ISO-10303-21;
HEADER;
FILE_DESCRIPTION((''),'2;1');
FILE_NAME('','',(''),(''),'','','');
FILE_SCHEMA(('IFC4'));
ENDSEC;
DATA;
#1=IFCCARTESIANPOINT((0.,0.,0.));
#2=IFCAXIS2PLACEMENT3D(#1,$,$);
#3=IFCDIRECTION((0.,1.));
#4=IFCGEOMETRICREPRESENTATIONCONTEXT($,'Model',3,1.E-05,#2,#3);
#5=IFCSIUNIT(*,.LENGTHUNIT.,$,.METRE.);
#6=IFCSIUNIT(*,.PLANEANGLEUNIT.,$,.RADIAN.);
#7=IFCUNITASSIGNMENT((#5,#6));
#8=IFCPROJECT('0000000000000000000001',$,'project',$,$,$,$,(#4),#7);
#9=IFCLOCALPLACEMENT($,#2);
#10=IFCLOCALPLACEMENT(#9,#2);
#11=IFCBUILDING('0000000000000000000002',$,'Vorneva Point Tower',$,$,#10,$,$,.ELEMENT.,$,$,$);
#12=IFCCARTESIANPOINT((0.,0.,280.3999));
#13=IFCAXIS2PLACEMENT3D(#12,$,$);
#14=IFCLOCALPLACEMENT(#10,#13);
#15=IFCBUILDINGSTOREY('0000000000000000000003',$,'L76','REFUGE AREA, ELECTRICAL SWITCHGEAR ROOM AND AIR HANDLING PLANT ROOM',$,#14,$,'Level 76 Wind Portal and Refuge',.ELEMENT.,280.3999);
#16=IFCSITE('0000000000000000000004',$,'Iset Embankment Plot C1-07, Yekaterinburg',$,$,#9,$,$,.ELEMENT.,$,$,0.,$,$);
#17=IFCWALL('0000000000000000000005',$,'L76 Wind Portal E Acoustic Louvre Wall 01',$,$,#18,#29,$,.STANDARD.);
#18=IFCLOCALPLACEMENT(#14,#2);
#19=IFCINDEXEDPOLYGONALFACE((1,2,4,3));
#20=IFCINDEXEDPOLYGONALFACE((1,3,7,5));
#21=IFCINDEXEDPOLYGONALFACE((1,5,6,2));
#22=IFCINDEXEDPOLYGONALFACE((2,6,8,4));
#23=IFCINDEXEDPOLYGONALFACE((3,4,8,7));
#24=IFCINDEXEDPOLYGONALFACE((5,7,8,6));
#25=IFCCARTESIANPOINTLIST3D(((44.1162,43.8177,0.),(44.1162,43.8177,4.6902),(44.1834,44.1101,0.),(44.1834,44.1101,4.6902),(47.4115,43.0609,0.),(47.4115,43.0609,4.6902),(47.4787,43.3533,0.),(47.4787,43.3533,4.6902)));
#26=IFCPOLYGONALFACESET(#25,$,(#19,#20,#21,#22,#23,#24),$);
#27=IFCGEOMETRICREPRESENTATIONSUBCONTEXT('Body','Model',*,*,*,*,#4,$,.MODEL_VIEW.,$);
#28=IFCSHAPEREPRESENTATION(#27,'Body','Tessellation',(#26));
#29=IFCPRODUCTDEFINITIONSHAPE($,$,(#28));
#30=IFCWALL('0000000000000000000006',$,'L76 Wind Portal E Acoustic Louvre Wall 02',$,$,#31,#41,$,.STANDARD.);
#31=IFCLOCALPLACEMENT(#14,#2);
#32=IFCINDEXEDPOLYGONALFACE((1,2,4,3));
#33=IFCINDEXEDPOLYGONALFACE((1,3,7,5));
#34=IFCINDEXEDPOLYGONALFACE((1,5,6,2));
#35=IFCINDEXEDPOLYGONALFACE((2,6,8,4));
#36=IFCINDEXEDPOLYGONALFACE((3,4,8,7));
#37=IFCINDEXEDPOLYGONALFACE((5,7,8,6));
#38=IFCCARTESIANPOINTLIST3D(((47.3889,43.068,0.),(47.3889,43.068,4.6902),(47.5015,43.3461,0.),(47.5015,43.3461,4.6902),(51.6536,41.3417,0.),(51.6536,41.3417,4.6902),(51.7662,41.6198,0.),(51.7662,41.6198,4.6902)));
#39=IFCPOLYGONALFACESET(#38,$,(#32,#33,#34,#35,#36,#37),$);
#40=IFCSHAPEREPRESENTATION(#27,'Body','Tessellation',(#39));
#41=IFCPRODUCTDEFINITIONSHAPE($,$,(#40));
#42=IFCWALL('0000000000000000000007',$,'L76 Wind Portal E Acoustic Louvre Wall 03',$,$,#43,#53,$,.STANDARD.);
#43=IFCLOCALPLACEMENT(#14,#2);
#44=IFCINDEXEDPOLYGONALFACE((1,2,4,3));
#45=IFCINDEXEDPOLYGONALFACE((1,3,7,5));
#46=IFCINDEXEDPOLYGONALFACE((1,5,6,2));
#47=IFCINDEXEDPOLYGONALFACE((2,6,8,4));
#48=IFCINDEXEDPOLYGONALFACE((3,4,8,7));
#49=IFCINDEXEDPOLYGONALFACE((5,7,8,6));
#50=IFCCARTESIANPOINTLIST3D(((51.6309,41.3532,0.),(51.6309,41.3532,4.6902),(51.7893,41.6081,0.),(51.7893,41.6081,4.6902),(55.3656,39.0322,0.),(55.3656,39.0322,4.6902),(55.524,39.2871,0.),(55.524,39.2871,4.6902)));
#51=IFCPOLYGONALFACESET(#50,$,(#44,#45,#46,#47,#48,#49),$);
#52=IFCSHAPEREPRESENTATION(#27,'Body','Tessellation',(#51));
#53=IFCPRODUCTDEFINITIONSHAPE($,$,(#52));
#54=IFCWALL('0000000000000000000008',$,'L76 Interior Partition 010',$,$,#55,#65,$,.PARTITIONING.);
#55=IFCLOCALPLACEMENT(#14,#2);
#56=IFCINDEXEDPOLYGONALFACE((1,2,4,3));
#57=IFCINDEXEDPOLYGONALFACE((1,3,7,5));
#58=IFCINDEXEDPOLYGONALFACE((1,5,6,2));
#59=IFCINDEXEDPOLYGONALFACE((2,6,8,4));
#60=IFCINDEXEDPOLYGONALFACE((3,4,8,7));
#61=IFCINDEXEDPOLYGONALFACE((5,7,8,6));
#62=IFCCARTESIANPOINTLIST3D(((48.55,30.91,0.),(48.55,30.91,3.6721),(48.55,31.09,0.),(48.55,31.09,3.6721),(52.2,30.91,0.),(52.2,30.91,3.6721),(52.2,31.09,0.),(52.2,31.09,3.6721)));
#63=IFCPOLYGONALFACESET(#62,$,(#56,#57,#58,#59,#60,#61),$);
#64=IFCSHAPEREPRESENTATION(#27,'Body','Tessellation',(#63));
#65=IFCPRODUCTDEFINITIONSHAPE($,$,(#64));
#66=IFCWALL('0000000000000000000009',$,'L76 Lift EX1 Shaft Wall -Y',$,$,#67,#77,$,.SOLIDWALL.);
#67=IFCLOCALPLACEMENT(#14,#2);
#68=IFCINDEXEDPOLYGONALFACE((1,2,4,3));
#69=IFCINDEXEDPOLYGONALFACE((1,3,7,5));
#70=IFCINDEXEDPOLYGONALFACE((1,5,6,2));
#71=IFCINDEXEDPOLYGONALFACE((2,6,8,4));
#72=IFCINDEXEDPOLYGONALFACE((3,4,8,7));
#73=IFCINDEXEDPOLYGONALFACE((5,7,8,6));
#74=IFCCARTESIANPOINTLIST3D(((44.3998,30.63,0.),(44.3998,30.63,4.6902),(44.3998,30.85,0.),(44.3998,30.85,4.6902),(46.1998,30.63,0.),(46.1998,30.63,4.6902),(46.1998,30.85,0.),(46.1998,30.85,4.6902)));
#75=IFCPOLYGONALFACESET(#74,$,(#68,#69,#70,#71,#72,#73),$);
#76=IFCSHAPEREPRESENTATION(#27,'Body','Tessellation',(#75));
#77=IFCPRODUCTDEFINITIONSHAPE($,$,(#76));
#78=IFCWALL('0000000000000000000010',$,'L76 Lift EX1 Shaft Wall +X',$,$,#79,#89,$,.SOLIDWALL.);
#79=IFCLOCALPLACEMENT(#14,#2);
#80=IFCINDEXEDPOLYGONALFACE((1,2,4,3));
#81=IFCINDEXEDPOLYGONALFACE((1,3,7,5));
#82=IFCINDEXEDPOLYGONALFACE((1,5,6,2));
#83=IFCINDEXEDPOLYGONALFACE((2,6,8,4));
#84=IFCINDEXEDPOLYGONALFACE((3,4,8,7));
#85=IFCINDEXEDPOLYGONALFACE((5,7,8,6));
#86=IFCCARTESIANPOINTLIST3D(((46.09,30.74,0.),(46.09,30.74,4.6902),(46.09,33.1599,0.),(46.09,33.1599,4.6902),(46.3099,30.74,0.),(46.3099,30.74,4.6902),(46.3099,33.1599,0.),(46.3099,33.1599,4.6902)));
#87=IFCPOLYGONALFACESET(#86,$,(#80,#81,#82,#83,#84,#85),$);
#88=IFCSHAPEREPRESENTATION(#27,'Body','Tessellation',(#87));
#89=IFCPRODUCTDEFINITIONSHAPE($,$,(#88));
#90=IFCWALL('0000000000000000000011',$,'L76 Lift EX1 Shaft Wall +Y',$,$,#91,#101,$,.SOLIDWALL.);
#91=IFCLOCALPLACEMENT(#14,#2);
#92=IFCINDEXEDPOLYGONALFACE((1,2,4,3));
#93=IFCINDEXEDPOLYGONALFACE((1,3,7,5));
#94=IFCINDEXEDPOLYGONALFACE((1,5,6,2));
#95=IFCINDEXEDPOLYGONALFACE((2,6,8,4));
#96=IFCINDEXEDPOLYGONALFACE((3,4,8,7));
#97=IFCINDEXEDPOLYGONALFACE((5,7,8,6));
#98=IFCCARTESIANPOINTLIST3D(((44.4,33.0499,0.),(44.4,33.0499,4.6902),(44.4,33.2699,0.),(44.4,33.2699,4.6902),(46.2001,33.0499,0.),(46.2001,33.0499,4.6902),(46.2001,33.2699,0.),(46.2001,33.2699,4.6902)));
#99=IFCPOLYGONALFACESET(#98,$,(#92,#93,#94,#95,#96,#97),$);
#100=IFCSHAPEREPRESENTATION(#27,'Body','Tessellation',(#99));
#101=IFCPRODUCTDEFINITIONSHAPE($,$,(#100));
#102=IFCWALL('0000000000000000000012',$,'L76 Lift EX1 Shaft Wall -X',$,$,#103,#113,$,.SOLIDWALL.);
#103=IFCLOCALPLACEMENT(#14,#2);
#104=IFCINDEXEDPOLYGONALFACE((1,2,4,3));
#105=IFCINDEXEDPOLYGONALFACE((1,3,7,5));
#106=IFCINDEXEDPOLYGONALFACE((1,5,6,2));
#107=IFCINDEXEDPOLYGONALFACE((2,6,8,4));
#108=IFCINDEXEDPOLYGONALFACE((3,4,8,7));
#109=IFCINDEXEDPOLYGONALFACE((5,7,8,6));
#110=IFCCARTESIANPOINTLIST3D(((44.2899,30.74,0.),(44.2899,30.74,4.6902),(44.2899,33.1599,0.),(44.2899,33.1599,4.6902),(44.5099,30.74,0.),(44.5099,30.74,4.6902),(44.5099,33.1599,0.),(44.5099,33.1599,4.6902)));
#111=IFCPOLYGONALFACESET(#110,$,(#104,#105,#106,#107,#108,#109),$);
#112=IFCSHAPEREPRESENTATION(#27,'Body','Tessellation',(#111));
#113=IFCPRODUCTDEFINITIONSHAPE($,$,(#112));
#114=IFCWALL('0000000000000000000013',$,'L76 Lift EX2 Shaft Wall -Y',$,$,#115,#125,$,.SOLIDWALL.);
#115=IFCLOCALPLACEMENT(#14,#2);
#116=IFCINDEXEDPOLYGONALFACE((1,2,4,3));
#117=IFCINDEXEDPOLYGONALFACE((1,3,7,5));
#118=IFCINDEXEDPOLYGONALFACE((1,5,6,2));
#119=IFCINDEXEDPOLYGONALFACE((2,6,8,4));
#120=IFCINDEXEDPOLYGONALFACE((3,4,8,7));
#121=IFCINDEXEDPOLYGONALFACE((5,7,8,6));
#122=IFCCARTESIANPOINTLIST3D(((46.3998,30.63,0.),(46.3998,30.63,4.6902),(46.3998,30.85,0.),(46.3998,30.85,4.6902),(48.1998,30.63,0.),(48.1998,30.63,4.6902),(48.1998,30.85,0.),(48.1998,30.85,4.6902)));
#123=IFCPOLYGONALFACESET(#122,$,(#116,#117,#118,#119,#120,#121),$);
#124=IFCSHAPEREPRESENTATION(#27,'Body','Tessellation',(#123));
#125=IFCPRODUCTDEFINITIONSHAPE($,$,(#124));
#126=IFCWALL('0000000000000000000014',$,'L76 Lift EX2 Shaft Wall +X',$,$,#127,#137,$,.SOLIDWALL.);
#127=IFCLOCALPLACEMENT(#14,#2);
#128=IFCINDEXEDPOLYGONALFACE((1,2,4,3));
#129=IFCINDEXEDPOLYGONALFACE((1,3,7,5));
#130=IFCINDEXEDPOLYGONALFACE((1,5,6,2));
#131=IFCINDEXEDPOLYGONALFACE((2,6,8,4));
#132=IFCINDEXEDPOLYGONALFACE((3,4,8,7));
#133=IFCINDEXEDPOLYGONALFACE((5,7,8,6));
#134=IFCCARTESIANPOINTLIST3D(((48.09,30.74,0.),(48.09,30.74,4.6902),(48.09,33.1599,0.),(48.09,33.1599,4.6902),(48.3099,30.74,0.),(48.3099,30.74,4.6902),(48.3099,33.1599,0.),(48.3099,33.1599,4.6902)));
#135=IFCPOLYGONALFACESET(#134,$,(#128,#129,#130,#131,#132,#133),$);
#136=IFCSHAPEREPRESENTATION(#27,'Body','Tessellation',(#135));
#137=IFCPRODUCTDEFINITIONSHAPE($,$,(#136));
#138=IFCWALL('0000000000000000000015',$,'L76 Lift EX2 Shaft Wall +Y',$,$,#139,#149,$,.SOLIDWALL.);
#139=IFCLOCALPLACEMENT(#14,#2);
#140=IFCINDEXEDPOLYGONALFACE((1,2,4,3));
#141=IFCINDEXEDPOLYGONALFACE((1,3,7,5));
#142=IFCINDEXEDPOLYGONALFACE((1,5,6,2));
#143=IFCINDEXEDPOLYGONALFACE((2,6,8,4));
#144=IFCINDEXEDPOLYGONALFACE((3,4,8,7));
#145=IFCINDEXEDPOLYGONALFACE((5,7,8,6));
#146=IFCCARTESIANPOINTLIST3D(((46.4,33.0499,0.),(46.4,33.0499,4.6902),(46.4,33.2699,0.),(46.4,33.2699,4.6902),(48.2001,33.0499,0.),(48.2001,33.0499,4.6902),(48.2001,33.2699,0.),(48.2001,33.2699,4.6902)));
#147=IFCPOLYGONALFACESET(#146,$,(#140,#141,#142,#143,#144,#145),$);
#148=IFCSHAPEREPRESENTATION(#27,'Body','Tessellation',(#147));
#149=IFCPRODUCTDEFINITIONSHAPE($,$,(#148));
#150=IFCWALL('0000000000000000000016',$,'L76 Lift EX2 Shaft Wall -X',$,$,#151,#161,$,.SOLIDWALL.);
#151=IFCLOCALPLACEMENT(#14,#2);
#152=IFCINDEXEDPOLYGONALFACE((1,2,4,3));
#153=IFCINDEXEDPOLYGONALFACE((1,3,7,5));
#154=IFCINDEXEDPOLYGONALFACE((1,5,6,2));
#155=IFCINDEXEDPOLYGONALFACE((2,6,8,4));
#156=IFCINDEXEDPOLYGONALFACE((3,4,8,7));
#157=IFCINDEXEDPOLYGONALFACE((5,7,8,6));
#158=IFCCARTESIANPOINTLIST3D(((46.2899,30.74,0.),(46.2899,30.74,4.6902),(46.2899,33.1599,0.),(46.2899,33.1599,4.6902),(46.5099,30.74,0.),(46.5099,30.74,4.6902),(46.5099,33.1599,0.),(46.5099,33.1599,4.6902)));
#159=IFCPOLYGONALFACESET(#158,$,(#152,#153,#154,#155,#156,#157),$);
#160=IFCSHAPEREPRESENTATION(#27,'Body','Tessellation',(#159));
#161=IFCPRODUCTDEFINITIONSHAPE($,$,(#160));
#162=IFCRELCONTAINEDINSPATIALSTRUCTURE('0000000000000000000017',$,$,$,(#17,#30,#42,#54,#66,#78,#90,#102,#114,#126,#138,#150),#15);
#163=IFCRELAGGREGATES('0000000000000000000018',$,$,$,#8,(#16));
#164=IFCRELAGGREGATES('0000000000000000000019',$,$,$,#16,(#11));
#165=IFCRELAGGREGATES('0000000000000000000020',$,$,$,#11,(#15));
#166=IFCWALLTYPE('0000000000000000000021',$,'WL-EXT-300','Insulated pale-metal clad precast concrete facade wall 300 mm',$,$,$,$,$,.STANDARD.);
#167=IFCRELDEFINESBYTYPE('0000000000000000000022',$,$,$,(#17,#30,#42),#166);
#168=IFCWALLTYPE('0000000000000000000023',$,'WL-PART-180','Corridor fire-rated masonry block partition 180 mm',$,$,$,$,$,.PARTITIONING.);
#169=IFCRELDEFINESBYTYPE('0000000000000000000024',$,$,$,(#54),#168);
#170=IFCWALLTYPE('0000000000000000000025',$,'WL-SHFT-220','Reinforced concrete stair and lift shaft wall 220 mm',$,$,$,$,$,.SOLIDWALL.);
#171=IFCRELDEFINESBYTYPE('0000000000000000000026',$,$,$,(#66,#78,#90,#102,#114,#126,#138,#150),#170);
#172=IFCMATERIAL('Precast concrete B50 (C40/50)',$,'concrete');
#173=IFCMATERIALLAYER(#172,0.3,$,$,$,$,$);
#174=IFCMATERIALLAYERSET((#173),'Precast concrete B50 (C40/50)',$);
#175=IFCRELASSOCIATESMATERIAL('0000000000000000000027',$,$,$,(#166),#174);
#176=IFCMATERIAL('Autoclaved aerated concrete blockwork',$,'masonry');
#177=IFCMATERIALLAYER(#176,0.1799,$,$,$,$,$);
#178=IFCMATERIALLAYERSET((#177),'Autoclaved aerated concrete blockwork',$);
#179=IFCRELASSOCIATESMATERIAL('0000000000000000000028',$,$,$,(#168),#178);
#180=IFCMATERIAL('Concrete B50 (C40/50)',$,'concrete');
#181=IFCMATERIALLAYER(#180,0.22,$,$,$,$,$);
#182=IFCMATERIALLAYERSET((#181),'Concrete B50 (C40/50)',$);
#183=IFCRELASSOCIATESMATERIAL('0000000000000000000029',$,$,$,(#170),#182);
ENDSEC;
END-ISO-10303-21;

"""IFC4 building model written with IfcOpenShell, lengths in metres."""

from ifc_helpers import new_model, si_unit, direction, frame, frame_2d, origin, place, context, subcontext, project, spatial, rectangle, extrude, material, layer, layer_set, type_object, element, save


model = new_model("IFC4")

# Units and contexts
model_context = context("Model", 3, precision=1e-05, world=origin(), true_north=direction((0.0, 1.0)))
body_context = subcontext(model_context, "Body", "Model", "MODEL_VIEW")
ifc_project = project(units=[si_unit("LENGTHUNIT", "METRE"), si_unit("PLANEANGLEUNIT", "RADIAN")], contexts=[model_context])

# Site, building, storey
site_placement = place(None, origin())
site = spatial("IfcSite", under=ifc_project, at=site_placement, Name="Iset Embankment Plot C1-07, Yekaterinburg", CompositionType="ELEMENT", RefElevation=0.0)
building_placement = place(site_placement, origin())
building = spatial("IfcBuilding", under=site, at=building_placement, Name="Vorneva Point Tower", CompositionType="ELEMENT")
storey_placement = place(building_placement, frame((0.0, 0.0, 280.3999)))
storey = spatial("IfcBuildingStorey", under=building, at=storey_placement, Name="L76", Description="REFUGE AREA, ELECTRICAL SWITCHGEAR ROOM AND AIR HANDLING PLANT ROOM", LongName="Level 76 Wind Portal and Refuge", CompositionType="ELEMENT", Elevation=280.3999)

# Shared definitions
ifc_material_1 = material(Name="Concrete B50 (C40/50)", Category="concrete")

# Walls
ifc_material_2 = material(Name="Precast concrete B50 (C40/50)", Category="concrete")
ifc_layer_1 = layer(ifc_material_2, 0.3)
ifc_layer_set_1 = layer_set([ifc_layer_1], Name="Precast concrete B50 (C40/50)")
wall_type_1 = type_object("IfcWallType", Name="WL-EXT-300", Description="Insulated pale-metal clad precast concrete facade wall 300 mm", PredefinedType="STANDARD", material=ifc_layer_set_1)
wall_1_placement = place(storey_placement, frame((44.1499, 43.9639, 0.0), z_axis=(0.0, 0.0, 1.0), x_axis=(0.974627, -0.223836, 0.0)))
element("IfcWall", 1, at=wall_1_placement, inside=storey, type_object=wall_type_1, Name="L76 Wind Portal E Acoustic Louvre Wall 01", PredefinedType="STANDARD", context=body_context, shape_type="SweptSolid", body=[
    extrude(rectangle(XDim=3.3811, YDim=0.3, at=frame_2d((1.6904, 0.0))), origin(), (0.0, 0.0, 1.0), 4.6902),
])
wall_2_placement = place(storey_placement, frame((47.4453, 43.207, 0.0), z_axis=(0.0, 0.0, 1.0), x_axis=(0.926935, -0.375221, 0.0)))
element("IfcWall", 2, at=wall_2_placement, inside=storey, type_object=wall_type_1, Name="L76 Wind Portal E Acoustic Louvre Wall 02", PredefinedType="STANDARD", context=body_context, shape_type="SweptSolid", body=[
    extrude(rectangle(XDim=4.6008, YDim=0.3, at=frame_2d((2.3003, 0.0))), origin(), (0.0, 0.0, 1.0), 4.6902),
])
wall_3_placement = place(storey_placement, frame((51.71, 41.4807, 0.0), z_axis=(0.0, 0.0, 1.0), x_axis=(0.849349, -0.527831, 0.0)))
element("IfcWall", 3, at=wall_3_placement, inside=storey, type_object=wall_type_1, Name="L76 Wind Portal E Acoustic Louvre Wall 03", PredefinedType="STANDARD", context=body_context, shape_type="SweptSolid", body=[
    extrude(rectangle(XDim=4.3972, YDim=0.3, at=frame_2d((2.1987, 0.0))), origin(), (0.0, 0.0, 1.0), 4.6902),
])
ifc_material_3 = material(Name="Autoclaved aerated concrete blockwork", Category="masonry")
ifc_layer_2 = layer(ifc_material_3, 0.1799)
ifc_layer_set_2 = layer_set([ifc_layer_2], Name="Autoclaved aerated concrete blockwork")
wall_type_2 = type_object("IfcWallType", Name="WL-PART-180", Description="Corridor fire-rated masonry block partition 180 mm", PredefinedType="PARTITIONING", material=ifc_layer_set_2)
wall_4_placement = place(storey_placement, frame((52.2, 31.0, 0.0), z_axis=(0.0, 0.0, 1.0), x_axis=(-1.0, 0.0, 0.0)))
element("IfcWall", 4, at=wall_4_placement, inside=storey, type_object=wall_type_2, Name="L76 Interior Partition 010", PredefinedType="PARTITIONING", context=body_context, shape_type="SweptSolid", body=[
    extrude(rectangle(XDim=3.6499, YDim=0.1799, at=frame_2d((1.825, 0.0))), origin(), (0.0, 0.0, 1.0), 3.6721),
])
ifc_layer_3 = layer(ifc_material_1, 0.22)
ifc_layer_set_3 = layer_set([ifc_layer_3], Name="Concrete B50 (C40/50)")
wall_type_3 = type_object("IfcWallType", Name="WL-SHFT-220", Description="Reinforced concrete stair and lift shaft wall 220 mm", PredefinedType="SOLIDWALL", material=ifc_layer_set_3)
wall_5_placement = place(storey_placement, frame((44.3999, 30.74, 0.0), z_axis=(0.0, 0.0, 1.0), x_axis=(1.0, 0.0, 0.0)))
element("IfcWall", 5, at=wall_5_placement, inside=storey, type_object=wall_type_3, Name="L76 Lift EX1 Shaft Wall -Y", PredefinedType="SOLIDWALL", context=body_context, shape_type="SweptSolid", body=[
    extrude(rectangle(XDim=1.8, YDim=0.22, at=frame_2d((0.8999, 0.0))), origin(), (0.0, 0.0, 1.0), 4.6902),
])
wall_6_placement = place(storey_placement, frame((46.2, 30.74, 0.0), z_axis=(0.0, 0.0, 1.0), x_axis=(0.0, 1.0, 0.0)))
element("IfcWall", 6, at=wall_6_placement, inside=storey, type_object=wall_type_3, Name="L76 Lift EX1 Shaft Wall +X", PredefinedType="SOLIDWALL", context=body_context, shape_type="SweptSolid", body=[
    extrude(rectangle(XDim=2.4199, YDim=0.22, at=frame_2d((1.21, 0.0))), origin(), (0.0, 0.0, 1.0), 4.6902),
])
wall_7_placement = place(storey_placement, frame((46.2, 33.1599, 0.0), z_axis=(0.0, 0.0, 1.0), x_axis=(-1.0, 0.0, 0.0)))
element("IfcWall", 7, at=wall_7_placement, inside=storey, type_object=wall_type_3, Name="L76 Lift EX1 Shaft Wall +Y", PredefinedType="SOLIDWALL", context=body_context, shape_type="SweptSolid", body=[
    extrude(rectangle(XDim=1.8, YDim=0.22, at=frame_2d((0.8999, 0.0))), origin(), (0.0, 0.0, 1.0), 4.6902),
])
wall_8_placement = place(storey_placement, frame((44.3999, 33.1599, 0.0), z_axis=(0.0, 0.0, 1.0), x_axis=(0.0, -1.0, 0.0)))
element("IfcWall", 8, at=wall_8_placement, inside=storey, type_object=wall_type_3, Name="L76 Lift EX1 Shaft Wall -X", PredefinedType="SOLIDWALL", context=body_context, shape_type="SweptSolid", body=[
    extrude(rectangle(XDim=2.4199, YDim=0.22, at=frame_2d((1.21, 0.0))), origin(), (0.0, 0.0, 1.0), 4.6902),
])
wall_9_placement = place(storey_placement, frame((46.3999, 30.74, 0.0), z_axis=(0.0, 0.0, 1.0), x_axis=(1.0, 0.0, 0.0)))
element("IfcWall", 9, at=wall_9_placement, inside=storey, type_object=wall_type_3, Name="L76 Lift EX2 Shaft Wall -Y", PredefinedType="SOLIDWALL", context=body_context, shape_type="SweptSolid", body=[
    extrude(rectangle(XDim=1.8, YDim=0.22, at=frame_2d((0.8999, 0.0))), origin(), (0.0, 0.0, 1.0), 4.6902),
])
wall_10_placement = place(storey_placement, frame((48.2, 30.74, 0.0), z_axis=(0.0, 0.0, 1.0), x_axis=(0.0, 1.0, 0.0)))
element("IfcWall", 10, at=wall_10_placement, inside=storey, type_object=wall_type_3, Name="L76 Lift EX2 Shaft Wall +X", PredefinedType="SOLIDWALL", context=body_context, shape_type="SweptSolid", body=[
    extrude(rectangle(XDim=2.4199, YDim=0.22, at=frame_2d((1.21, 0.0))), origin(), (0.0, 0.0, 1.0), 4.6902),
])
wall_11_placement = place(storey_placement, frame((48.2, 33.1599, 0.0), z_axis=(0.0, 0.0, 1.0), x_axis=(-1.0, 0.0, 0.0)))
element("IfcWall", 11, at=wall_11_placement, inside=storey, type_object=wall_type_3, Name="L76 Lift EX2 Shaft Wall +Y", PredefinedType="SOLIDWALL", context=body_context, shape_type="SweptSolid", body=[
    extrude(rectangle(XDim=1.8, YDim=0.22, at=frame_2d((0.8999, 0.0))), origin(), (0.0, 0.0, 1.0), 4.6902),
])
wall_12_placement = place(storey_placement, frame((46.3999, 33.1599, 0.0), z_axis=(0.0, 0.0, 1.0), x_axis=(0.0, -1.0, 0.0)))
element("IfcWall", 12, at=wall_12_placement, inside=storey, type_object=wall_type_3, Name="L76 Lift EX2 Shaft Wall -X", PredefinedType="SOLIDWALL", context=body_context, shape_type="SweptSolid", body=[
    extrude(rectangle(XDim=2.4199, YDim=0.22, at=frame_2d((1.21, 0.0))), origin(), (0.0, 0.0, 1.0), 4.6902),
])

save(model, "model.ifc")
